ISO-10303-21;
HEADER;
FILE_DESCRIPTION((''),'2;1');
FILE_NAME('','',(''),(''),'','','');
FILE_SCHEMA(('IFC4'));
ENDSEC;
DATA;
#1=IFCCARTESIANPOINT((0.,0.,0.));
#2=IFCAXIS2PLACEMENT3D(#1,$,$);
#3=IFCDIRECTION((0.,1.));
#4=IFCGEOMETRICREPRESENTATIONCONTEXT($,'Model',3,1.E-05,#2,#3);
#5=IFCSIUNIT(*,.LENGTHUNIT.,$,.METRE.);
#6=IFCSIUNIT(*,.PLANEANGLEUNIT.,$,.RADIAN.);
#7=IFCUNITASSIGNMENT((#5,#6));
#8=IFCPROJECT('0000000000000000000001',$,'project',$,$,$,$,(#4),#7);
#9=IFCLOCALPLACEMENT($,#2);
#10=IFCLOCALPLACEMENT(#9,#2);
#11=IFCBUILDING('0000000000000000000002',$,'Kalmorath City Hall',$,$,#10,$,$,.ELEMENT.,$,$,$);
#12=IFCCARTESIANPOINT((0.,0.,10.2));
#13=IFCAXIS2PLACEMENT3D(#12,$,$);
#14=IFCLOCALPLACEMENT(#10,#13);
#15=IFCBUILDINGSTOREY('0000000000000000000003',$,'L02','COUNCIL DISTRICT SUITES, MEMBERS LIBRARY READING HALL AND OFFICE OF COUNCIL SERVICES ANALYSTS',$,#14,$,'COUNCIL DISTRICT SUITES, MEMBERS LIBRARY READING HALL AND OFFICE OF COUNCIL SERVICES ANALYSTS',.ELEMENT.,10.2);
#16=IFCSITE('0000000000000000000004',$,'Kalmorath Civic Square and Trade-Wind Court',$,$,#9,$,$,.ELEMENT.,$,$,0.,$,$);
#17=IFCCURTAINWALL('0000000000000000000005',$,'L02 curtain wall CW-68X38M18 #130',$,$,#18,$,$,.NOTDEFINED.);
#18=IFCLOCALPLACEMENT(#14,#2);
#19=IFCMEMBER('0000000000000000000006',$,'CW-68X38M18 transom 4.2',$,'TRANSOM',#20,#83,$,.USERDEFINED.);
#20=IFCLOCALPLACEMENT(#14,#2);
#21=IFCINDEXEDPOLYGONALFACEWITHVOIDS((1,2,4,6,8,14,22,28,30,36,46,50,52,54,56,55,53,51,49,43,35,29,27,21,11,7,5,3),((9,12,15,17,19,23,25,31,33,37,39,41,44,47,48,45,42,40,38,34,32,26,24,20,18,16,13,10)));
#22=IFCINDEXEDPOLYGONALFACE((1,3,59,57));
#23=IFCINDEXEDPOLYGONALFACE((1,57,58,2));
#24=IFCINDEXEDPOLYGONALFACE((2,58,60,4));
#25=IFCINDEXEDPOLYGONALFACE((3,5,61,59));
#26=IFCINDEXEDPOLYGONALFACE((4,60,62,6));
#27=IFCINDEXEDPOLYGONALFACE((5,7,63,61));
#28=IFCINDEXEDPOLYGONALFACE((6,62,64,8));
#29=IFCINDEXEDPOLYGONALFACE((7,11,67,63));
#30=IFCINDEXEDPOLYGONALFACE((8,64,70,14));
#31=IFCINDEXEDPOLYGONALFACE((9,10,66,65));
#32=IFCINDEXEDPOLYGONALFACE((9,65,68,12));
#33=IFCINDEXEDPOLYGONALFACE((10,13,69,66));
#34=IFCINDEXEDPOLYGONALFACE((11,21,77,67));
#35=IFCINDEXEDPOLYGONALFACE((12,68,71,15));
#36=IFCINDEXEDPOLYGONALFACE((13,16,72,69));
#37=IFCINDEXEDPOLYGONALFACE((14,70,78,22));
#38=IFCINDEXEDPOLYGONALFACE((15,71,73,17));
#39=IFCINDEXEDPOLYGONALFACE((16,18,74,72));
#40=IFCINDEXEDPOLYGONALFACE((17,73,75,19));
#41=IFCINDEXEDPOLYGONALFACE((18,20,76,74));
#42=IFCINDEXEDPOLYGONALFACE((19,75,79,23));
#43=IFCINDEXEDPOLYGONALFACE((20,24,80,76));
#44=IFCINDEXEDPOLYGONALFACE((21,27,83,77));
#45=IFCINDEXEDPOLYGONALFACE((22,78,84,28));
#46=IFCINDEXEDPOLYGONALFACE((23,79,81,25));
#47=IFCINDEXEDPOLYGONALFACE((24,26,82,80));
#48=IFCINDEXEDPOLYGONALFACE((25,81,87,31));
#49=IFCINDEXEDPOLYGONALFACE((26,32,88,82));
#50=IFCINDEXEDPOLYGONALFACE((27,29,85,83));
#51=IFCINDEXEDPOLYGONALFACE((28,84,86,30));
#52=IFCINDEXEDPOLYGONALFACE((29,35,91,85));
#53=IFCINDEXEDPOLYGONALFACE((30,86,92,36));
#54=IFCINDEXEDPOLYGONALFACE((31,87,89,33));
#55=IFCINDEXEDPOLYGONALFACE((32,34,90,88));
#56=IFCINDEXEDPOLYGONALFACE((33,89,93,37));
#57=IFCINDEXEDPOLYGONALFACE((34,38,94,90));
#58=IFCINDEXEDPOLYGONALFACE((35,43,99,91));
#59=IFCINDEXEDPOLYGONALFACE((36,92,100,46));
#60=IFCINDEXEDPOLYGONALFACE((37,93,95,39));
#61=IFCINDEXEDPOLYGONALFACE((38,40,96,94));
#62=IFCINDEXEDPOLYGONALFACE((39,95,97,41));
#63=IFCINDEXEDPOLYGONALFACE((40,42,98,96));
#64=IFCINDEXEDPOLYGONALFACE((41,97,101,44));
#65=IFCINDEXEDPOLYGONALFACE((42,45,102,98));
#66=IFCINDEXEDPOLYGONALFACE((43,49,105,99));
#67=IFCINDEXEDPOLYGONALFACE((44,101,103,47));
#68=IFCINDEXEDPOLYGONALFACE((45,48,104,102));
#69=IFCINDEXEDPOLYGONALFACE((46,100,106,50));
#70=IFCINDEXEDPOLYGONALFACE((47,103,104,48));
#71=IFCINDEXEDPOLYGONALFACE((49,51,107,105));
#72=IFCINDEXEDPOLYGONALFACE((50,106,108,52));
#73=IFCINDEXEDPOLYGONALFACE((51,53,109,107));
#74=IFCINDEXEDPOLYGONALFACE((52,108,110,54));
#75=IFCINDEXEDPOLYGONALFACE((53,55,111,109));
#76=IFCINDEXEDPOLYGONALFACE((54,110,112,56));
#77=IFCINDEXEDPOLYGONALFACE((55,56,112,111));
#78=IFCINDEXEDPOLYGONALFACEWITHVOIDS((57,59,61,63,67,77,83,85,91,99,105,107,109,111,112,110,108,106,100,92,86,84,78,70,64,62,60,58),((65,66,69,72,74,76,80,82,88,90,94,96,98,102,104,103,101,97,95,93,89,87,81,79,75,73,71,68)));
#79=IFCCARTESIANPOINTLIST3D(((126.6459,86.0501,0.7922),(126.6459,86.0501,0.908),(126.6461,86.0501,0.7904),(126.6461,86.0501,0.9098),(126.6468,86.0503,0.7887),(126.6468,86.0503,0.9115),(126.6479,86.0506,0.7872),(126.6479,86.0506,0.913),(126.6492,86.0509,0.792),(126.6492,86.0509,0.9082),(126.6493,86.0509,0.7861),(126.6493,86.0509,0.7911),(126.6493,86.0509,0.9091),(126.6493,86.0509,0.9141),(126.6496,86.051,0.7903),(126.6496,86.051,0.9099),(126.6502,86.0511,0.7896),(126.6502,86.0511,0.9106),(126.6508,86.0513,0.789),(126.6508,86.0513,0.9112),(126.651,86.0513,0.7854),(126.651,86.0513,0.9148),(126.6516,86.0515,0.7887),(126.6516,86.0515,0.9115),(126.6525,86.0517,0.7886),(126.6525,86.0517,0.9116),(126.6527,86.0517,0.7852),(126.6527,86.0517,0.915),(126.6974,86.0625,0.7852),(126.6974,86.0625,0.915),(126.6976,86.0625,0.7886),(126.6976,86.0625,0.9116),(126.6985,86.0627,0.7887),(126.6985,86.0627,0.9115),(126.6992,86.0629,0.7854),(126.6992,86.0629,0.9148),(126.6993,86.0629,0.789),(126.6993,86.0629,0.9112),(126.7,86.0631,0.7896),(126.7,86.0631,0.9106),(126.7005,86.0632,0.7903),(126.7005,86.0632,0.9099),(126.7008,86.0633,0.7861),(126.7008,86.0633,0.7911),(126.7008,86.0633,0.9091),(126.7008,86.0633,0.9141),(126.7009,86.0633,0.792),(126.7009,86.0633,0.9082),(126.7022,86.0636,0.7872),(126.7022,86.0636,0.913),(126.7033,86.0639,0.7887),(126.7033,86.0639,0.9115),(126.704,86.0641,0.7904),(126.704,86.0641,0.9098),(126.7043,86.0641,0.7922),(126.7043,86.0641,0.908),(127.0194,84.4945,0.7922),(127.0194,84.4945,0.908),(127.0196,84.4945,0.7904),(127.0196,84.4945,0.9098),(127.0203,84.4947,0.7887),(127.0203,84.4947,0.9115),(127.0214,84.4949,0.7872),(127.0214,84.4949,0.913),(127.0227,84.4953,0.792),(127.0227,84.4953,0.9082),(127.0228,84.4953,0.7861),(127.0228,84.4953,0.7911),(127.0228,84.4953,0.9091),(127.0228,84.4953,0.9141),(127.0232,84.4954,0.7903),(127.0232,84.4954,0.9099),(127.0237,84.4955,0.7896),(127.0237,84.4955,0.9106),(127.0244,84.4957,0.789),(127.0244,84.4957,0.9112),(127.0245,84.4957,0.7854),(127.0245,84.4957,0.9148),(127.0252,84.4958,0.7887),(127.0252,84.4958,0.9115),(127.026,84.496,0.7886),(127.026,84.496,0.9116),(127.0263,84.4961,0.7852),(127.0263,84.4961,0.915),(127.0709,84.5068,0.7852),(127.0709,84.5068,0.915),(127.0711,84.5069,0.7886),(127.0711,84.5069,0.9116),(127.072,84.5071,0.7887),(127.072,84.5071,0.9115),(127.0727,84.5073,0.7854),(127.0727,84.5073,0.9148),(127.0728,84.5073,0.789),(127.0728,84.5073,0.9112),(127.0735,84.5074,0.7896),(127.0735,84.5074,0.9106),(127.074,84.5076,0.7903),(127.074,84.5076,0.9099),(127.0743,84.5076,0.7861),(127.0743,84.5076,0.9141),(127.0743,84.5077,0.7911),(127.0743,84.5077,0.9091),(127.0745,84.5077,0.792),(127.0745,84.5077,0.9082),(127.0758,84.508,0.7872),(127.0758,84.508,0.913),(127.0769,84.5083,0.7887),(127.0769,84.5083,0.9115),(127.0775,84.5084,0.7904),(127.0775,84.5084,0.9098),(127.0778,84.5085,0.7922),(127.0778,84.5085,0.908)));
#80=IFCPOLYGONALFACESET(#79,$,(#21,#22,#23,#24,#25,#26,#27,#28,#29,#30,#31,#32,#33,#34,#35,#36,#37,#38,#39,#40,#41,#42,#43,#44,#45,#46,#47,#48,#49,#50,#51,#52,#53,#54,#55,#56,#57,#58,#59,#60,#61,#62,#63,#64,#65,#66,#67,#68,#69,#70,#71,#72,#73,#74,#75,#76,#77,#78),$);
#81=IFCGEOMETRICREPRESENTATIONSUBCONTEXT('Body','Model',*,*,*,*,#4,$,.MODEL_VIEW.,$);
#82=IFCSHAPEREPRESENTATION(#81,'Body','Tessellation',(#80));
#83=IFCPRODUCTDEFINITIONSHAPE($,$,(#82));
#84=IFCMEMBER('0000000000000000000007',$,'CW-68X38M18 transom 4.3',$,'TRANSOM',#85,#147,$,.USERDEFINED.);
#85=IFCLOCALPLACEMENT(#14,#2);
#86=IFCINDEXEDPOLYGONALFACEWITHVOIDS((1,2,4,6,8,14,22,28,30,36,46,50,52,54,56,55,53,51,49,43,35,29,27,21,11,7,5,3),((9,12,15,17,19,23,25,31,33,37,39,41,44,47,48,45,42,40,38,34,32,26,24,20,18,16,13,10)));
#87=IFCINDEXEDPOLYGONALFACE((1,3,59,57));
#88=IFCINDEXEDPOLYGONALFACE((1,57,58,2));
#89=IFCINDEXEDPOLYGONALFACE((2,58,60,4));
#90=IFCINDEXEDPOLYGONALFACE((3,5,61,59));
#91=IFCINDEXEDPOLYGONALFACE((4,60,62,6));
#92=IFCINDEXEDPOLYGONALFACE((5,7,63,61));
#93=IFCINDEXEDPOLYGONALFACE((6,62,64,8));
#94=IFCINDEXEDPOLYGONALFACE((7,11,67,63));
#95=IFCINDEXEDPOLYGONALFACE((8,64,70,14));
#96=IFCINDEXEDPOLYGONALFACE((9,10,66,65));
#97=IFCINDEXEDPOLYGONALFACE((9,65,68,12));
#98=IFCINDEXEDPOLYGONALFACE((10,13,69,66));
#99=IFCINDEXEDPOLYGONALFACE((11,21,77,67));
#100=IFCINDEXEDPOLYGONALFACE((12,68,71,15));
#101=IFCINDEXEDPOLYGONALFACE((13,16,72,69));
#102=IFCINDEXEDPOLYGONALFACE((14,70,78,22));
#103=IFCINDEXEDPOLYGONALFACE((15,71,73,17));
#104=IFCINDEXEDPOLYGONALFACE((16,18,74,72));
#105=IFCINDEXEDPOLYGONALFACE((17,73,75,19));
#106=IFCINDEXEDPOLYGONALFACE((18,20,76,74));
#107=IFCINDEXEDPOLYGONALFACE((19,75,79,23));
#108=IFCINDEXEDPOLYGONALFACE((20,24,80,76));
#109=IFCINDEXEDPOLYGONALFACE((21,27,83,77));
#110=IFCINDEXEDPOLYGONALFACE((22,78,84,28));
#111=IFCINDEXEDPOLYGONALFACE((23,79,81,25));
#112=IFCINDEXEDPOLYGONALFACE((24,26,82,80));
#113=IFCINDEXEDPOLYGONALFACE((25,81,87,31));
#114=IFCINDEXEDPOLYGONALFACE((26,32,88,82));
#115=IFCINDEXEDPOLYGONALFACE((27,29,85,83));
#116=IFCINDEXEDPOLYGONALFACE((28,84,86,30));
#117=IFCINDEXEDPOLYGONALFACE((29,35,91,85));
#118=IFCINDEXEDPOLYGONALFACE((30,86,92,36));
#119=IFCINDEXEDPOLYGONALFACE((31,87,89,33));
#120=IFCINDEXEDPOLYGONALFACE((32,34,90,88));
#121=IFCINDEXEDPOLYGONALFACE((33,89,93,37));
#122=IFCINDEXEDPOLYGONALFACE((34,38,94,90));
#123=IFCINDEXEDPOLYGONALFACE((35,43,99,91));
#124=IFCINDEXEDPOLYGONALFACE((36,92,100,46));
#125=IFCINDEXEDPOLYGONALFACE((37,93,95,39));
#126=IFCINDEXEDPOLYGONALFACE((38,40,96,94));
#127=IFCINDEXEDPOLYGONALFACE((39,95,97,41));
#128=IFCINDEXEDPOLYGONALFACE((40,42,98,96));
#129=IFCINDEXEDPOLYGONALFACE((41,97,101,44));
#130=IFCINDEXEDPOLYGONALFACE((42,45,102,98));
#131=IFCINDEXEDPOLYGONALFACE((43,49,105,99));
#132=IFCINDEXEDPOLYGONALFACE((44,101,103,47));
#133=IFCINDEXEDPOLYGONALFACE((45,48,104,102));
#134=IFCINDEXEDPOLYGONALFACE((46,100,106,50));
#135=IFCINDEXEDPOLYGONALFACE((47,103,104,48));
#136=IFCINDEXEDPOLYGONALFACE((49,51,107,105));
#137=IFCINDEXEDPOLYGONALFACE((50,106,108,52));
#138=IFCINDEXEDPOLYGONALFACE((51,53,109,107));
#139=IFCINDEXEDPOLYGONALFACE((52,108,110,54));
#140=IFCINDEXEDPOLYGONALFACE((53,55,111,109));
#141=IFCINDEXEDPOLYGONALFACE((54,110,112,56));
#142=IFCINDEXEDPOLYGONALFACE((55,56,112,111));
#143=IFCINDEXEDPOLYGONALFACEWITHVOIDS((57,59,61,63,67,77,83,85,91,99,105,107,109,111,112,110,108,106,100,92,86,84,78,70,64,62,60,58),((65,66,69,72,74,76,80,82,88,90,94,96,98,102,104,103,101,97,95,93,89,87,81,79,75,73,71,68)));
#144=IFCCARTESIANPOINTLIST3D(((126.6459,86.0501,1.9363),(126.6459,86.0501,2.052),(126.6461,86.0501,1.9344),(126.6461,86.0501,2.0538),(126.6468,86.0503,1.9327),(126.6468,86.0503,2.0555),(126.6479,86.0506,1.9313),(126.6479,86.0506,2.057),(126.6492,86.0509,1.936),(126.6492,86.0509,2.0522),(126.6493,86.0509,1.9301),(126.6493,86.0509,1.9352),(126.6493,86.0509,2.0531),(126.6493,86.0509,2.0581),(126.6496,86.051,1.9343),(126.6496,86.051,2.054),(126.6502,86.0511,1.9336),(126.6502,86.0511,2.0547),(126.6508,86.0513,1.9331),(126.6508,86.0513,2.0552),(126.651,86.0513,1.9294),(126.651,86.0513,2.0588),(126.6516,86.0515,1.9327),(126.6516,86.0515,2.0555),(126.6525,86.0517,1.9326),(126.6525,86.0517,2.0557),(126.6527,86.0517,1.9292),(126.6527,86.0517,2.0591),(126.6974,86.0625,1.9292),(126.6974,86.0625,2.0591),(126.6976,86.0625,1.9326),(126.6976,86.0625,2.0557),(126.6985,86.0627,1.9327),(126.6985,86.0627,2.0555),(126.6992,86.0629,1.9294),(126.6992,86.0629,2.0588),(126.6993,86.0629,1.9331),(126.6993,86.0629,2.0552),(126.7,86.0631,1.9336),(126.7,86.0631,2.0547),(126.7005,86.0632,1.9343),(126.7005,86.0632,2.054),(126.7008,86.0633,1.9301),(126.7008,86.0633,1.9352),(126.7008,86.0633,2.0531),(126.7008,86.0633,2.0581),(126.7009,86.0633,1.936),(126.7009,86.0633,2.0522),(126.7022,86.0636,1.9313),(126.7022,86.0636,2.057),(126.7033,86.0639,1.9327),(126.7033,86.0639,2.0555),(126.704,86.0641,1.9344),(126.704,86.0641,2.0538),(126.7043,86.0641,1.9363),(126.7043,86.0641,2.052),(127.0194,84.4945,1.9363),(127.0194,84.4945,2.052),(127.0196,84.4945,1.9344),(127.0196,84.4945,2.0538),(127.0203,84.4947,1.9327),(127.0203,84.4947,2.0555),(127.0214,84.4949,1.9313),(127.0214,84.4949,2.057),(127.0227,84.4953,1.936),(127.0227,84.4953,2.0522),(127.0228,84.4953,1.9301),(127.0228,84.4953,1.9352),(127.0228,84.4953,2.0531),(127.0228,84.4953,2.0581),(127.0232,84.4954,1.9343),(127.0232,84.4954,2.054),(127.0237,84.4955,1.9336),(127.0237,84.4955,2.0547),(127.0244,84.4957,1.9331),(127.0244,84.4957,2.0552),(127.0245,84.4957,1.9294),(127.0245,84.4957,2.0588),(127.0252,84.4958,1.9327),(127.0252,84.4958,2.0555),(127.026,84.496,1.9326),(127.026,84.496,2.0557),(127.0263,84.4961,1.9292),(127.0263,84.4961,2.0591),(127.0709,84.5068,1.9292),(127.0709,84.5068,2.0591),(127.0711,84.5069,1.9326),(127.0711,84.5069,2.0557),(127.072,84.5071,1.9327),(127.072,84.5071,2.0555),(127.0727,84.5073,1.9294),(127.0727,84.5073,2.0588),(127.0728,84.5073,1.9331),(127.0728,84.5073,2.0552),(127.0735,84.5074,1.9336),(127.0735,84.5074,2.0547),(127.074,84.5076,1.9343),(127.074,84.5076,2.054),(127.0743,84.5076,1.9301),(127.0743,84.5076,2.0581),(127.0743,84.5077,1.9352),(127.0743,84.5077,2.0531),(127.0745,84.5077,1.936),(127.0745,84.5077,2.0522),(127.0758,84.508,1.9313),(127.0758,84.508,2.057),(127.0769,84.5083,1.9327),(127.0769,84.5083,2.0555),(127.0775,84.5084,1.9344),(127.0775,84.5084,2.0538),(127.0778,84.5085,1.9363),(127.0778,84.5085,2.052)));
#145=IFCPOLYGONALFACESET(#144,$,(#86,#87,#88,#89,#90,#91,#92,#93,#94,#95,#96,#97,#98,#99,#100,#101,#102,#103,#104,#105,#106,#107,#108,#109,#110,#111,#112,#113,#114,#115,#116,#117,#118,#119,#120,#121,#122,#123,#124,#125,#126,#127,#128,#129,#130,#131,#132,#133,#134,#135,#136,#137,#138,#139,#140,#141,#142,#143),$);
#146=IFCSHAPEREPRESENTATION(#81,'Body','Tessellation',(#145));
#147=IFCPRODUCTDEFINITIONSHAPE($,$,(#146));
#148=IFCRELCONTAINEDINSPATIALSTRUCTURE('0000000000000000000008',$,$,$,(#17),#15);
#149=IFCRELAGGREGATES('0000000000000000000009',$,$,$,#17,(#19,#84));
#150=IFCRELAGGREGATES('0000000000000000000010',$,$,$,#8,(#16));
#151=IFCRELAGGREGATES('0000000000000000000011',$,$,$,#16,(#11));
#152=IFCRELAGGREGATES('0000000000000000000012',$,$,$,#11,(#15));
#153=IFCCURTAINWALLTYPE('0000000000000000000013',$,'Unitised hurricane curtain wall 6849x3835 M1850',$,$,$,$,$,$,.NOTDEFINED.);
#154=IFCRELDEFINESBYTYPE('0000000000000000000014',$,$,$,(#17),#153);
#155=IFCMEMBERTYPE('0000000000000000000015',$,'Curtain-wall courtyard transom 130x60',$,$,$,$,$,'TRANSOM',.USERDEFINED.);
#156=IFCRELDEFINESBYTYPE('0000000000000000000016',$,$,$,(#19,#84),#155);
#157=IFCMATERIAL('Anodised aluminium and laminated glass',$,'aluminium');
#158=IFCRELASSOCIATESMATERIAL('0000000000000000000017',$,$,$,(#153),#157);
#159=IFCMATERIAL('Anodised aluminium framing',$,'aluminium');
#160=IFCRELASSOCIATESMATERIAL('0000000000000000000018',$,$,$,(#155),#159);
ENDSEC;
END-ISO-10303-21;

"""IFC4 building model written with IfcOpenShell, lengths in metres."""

from ifc_helpers import new_model, si_unit, direction, frame, origin, origin_2d, place, context, subcontext, project, spatial, hollow_rectangle, extrude, material, material_profile, profile_set, type_object, element, aggregate, save


model = new_model("IFC4")

# Units and contexts
model_context = context("Model", 3, precision=1e-05, world=origin(), true_north=direction((0.0, 1.0)))
body_context = subcontext(model_context, "Body", "Model", "MODEL_VIEW")
ifc_project = project(units=[si_unit("LENGTHUNIT", "METRE"), si_unit("PLANEANGLEUNIT", "RADIAN")], contexts=[model_context])

# Site, building, storey
site_placement = place(None, origin())
site = spatial("IfcSite", under=ifc_project, at=site_placement, Name="Kalmorath Civic Square and Trade-Wind Court", CompositionType="ELEMENT", RefElevation=0.0)
building_placement = place(site_placement, origin())
building = spatial("IfcBuilding", under=site, at=building_placement, Name="Kalmorath City Hall", CompositionType="ELEMENT")
storey_placement = place(building_placement, frame((0.0, 0.0, 10.2)))
storey = spatial("IfcBuildingStorey", under=building, at=storey_placement, Name="L02", Description="COUNCIL DISTRICT SUITES, MEMBERS LIBRARY READING HALL AND OFFICE OF COUNCIL SERVICES ANALYSTS", LongName="COUNCIL DISTRICT SUITES, MEMBERS LIBRARY READING HALL AND OFFICE OF COUNCIL SERVICES ANALYSTS", CompositionType="ELEMENT", Elevation=10.2)

# Curtain wall, members
ifc_material_1 = material(Name="Anodised aluminium and laminated glass", Category="aluminium")
curtain_wall_type_1 = type_object("IfcCurtainWallType", Name="Unitised hurricane curtain wall 6849x3835 M1850", PredefinedType="NOTDEFINED", material=ifc_material_1)
curtain_wall_1_placement = place(storey_placement, origin())
curtain_wall_1 = element("IfcCurtainWall", 1, at=curtain_wall_1_placement, inside=storey, type_object=curtain_wall_type_1, Name="L02 curtain wall CW-68X38M18 #130", PredefinedType="NOTDEFINED")
ifc_material_2 = material(Name="Anodised aluminium framing", Category="aluminium")
ifc_material_profile_1 = material_profile(ifc_material_2, hollow_rectangle(XDim=0.0601, YDim=0.1299, WallThickness=0.0034, InnerFilletRadius=0.0034, OuterFilletRadius=0.0071, at=origin_2d()), Name="ALU-TRN-130X60X3.5")
ifc_profile_set_1 = profile_set([ifc_material_profile_1], Name="Anodised aluminium framing")
member_type_1 = type_object("IfcMemberType", Name="Curtain-wall courtyard transom 130x60", ElementType="TRANSOM", PredefinedType="USERDEFINED", material=ifc_profile_set_1)
member_1_placement = place(storey_placement, frame((127.0486, 84.5015, 0.8501), z_axis=(-0.233477, 0.972362, 0.0), x_axis=(-0.972362, -0.233477, 0.0)))
member_1 = element("IfcMember", 2, at=member_1_placement, type_object=member_type_1, Name="CW-68X38M18 transom 4.2", ObjectType="TRANSOM", PredefinedType="USERDEFINED", context=body_context, shape_type="SweptSolid", body=[
    extrude(hollow_rectangle(XDim=0.0601, YDim=0.1299, WallThickness=0.0034, InnerFilletRadius=0.0034, OuterFilletRadius=0.0071, at=origin_2d()), origin(), (0.0, 0.0, 1.0), 1.5999),
])
member_2_placement = place(storey_placement, frame((127.0486, 84.5015, 1.9941), z_axis=(-0.233477, 0.972362, 0.0), x_axis=(-0.972362, -0.233477, 0.0)))
member_2 = element("IfcMember", 3, at=member_2_placement, type_object=member_type_1, Name="CW-68X38M18 transom 4.3", ObjectType="TRANSOM", PredefinedType="USERDEFINED", context=body_context, shape_type="SweptSolid", body=[
    extrude(hollow_rectangle(XDim=0.0601, YDim=0.1299, WallThickness=0.0034, InnerFilletRadius=0.0034, OuterFilletRadius=0.0071, at=origin_2d()), origin(), (0.0, 0.0, 1.0), 1.5999),
])

aggregate(curtain_wall_1, [member_1, member_2])

save(model, "model.ifc")
